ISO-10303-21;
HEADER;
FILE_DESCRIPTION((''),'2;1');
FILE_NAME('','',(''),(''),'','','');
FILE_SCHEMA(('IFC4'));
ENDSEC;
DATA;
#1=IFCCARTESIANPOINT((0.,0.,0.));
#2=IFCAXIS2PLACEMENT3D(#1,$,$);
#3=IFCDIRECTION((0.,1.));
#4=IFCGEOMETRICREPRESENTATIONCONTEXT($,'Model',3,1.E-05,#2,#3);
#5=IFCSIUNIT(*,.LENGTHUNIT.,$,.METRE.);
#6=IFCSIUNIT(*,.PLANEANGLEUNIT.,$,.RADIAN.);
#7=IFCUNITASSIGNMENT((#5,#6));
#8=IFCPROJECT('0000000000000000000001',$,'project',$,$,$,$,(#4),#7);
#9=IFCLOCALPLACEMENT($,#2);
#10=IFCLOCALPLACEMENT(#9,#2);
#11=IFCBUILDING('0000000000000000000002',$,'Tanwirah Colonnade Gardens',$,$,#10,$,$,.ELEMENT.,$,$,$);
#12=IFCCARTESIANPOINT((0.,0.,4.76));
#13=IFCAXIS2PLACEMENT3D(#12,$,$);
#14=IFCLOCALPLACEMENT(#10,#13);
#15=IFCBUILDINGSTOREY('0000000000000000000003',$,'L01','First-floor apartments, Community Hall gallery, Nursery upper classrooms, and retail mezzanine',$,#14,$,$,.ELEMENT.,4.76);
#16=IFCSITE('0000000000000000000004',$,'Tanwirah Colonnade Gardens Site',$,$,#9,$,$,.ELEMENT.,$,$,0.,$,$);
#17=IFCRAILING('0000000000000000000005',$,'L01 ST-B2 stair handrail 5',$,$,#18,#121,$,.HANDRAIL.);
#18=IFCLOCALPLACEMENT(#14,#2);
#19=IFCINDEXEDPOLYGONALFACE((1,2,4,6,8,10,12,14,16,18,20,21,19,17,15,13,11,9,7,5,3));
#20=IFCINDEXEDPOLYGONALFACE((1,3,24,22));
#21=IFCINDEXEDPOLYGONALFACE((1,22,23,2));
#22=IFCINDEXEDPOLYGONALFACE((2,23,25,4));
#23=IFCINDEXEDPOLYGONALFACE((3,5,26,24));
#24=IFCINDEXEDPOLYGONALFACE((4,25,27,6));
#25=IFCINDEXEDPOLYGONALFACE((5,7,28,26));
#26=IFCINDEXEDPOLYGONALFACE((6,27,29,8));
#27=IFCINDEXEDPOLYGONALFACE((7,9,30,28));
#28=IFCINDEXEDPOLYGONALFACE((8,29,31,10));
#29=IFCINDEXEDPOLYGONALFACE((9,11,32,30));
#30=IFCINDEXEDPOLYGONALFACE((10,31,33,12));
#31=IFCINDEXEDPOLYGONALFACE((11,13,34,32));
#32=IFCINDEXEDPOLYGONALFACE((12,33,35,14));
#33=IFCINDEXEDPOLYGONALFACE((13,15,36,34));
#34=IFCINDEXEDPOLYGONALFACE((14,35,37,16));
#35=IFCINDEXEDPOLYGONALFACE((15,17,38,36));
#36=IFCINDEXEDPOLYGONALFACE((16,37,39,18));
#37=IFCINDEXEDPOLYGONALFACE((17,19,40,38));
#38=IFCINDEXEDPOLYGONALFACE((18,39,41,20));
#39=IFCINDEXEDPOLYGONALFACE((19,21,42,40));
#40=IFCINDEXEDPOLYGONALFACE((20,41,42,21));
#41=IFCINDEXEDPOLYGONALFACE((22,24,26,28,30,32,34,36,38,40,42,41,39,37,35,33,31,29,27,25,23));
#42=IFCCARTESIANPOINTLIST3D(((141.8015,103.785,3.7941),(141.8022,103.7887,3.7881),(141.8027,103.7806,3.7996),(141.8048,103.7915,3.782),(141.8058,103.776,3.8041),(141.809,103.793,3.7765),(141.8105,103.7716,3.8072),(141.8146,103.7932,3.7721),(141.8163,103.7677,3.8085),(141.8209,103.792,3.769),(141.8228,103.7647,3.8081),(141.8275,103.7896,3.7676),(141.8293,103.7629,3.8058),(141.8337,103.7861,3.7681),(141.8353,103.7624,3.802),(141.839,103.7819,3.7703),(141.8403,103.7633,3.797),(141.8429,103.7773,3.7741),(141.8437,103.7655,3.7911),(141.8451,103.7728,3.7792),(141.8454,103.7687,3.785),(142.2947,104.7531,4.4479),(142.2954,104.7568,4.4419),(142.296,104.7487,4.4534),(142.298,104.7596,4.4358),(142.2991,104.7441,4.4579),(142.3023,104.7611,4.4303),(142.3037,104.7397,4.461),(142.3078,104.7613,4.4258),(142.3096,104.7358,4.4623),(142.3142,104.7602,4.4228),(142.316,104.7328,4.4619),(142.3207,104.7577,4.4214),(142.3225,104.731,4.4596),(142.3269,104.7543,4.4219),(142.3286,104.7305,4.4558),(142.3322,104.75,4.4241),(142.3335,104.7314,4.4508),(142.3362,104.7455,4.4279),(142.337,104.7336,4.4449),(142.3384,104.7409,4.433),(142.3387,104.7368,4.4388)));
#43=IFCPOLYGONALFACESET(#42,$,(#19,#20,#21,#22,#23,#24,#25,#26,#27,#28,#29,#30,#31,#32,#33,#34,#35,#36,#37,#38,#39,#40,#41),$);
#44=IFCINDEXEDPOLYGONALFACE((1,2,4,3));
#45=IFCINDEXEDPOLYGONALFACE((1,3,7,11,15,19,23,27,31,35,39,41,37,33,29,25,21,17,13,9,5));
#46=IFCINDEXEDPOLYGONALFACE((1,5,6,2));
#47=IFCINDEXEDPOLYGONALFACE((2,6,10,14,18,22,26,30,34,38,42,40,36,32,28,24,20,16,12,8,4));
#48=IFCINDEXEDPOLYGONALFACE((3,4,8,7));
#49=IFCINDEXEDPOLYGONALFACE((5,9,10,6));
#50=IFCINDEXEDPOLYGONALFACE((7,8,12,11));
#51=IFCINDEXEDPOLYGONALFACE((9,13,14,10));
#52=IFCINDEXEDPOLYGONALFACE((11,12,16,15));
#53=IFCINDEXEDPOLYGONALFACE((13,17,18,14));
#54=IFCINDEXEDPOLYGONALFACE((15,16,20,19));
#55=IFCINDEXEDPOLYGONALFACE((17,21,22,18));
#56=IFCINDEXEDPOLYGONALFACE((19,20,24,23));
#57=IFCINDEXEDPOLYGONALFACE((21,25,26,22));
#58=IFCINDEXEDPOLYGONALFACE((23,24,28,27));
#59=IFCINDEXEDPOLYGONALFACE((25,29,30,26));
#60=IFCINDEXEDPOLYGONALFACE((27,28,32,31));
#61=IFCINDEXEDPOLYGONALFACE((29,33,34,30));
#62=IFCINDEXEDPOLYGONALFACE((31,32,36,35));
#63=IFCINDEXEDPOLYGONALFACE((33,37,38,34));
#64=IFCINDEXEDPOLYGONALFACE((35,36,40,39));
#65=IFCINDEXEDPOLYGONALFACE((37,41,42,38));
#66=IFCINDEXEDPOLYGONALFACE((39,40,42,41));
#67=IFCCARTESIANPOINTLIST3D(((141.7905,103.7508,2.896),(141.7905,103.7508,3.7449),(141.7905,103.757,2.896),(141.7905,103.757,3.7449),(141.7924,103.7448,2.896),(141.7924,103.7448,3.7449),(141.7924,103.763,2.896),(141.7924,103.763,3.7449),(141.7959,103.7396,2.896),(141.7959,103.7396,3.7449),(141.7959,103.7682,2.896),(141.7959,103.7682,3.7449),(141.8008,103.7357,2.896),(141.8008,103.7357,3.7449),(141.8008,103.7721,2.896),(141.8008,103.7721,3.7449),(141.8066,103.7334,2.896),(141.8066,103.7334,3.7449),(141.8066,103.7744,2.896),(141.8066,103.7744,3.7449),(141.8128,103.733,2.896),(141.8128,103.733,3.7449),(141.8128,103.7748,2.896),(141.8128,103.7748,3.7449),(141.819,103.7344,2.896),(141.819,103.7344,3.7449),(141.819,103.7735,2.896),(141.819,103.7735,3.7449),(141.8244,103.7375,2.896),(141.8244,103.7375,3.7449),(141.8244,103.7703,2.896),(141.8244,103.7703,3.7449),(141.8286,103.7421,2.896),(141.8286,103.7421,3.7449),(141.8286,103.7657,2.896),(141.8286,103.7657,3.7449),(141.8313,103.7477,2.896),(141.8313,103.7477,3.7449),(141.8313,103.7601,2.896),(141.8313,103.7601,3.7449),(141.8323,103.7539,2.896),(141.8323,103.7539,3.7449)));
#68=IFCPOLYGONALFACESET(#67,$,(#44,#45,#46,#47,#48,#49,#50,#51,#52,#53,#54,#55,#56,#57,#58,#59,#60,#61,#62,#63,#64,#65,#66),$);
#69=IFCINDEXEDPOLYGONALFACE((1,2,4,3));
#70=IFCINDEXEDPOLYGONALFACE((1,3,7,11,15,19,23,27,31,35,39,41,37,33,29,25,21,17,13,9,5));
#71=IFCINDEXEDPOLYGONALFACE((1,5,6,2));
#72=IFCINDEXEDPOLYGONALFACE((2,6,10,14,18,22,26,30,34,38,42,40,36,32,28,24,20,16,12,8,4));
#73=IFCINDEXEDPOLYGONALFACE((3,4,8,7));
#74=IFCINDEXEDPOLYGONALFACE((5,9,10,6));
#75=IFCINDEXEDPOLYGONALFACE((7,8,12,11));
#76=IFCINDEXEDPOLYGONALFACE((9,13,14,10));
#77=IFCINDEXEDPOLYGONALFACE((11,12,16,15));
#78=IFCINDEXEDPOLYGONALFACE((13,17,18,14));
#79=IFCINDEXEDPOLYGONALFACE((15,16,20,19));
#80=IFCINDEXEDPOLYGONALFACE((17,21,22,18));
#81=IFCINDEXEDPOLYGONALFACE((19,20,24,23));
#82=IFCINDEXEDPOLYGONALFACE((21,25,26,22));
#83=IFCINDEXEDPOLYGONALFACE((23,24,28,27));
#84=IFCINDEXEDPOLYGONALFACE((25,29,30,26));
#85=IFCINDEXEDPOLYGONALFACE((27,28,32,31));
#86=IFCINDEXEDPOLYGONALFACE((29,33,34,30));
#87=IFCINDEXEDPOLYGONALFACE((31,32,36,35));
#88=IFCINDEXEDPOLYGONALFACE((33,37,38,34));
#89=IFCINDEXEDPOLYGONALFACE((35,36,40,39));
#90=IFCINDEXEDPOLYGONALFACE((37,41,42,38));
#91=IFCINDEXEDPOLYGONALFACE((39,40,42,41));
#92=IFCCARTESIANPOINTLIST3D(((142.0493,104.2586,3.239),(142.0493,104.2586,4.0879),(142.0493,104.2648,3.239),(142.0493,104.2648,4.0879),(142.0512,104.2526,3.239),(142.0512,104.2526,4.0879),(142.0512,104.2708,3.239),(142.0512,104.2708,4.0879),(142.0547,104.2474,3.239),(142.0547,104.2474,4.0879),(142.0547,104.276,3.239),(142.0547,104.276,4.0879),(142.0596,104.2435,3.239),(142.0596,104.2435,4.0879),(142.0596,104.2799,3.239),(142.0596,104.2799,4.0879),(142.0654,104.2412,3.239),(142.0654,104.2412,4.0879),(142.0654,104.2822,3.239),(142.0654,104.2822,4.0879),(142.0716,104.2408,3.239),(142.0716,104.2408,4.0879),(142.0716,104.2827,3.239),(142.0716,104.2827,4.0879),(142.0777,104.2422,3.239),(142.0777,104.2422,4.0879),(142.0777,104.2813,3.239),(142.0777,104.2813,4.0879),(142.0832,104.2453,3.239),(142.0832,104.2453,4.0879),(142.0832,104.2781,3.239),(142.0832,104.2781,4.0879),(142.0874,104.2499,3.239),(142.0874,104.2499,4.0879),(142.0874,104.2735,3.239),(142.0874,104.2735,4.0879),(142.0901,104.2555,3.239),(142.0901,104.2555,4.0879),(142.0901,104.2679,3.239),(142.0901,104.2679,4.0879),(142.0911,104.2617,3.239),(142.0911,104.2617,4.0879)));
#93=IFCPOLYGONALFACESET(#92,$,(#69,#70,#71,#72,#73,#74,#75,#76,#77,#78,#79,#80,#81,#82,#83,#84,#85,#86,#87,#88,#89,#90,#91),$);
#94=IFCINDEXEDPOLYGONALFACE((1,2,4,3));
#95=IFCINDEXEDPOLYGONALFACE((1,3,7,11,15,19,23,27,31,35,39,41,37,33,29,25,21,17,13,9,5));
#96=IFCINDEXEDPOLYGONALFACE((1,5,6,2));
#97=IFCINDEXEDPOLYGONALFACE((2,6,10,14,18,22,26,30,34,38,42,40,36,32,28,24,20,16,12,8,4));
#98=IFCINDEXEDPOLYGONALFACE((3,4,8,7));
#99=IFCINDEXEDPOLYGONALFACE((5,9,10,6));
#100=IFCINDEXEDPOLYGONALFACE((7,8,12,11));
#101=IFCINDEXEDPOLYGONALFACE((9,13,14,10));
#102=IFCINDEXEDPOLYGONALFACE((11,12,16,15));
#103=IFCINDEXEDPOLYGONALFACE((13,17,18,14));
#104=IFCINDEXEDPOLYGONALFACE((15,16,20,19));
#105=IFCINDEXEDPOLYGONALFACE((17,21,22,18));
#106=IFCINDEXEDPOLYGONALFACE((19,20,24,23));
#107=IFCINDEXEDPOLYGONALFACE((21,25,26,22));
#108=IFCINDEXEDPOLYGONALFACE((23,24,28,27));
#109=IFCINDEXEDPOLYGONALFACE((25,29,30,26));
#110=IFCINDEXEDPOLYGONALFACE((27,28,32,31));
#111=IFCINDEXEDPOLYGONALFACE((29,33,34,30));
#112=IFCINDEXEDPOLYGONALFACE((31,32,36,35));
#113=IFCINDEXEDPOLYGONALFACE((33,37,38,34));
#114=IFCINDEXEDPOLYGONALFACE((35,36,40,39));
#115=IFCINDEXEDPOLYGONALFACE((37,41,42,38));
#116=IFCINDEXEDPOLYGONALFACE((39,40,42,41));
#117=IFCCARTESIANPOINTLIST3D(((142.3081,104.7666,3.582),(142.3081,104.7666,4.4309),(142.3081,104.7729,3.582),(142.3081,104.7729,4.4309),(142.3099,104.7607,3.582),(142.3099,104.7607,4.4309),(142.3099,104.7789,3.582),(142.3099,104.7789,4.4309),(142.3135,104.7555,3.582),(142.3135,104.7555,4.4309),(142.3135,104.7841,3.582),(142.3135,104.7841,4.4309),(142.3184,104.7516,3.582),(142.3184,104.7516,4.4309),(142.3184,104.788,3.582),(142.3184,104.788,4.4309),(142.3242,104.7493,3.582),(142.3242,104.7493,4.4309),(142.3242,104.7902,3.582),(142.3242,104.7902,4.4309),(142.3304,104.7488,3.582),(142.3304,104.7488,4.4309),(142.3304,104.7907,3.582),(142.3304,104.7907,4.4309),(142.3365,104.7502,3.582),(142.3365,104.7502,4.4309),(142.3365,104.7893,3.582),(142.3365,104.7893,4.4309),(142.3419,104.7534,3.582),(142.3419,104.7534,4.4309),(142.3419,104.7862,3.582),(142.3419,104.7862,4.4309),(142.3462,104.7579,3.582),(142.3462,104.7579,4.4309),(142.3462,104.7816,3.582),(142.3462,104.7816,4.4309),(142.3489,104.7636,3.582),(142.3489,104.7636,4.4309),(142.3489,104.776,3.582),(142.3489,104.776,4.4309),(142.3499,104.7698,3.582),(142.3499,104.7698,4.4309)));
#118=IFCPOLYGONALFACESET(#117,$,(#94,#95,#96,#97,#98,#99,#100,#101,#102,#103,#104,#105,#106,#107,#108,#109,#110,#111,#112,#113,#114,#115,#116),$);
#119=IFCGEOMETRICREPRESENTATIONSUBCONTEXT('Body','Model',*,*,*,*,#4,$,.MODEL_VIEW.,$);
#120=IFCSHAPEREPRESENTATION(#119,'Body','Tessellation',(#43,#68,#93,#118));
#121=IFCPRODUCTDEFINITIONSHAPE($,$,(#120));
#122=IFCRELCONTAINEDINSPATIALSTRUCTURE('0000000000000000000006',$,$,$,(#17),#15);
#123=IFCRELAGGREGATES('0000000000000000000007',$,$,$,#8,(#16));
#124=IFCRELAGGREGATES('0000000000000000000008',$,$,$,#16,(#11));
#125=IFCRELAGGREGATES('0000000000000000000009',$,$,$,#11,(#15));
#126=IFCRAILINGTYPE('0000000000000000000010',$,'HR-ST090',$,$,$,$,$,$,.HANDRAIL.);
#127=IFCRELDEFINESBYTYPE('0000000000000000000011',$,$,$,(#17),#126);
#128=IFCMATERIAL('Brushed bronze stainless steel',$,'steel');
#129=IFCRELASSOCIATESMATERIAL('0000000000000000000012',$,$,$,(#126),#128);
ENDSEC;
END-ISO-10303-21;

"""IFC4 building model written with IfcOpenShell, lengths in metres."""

from ifc_helpers import new_model, si_unit, direction, frame, origin, origin_2d, place, context, subcontext, project, spatial, circle, extrude, material, type_object, element, save


model = new_model("IFC4")

# Units and contexts
model_context = context("Model", 3, precision=1e-05, world=origin(), true_north=direction((0.0, 1.0)))
body_context = subcontext(model_context, "Body", "Model", "MODEL_VIEW")
ifc_project = project(units=[si_unit("LENGTHUNIT", "METRE"), si_unit("PLANEANGLEUNIT", "RADIAN")], contexts=[model_context])

# Site, building, storey
site_placement = place(None, origin())
site = spatial("IfcSite", under=ifc_project, at=site_placement, Name="Tanwirah Colonnade Gardens Site", CompositionType="ELEMENT", RefElevation=0.0)
building_placement = place(site_placement, origin())
building = spatial("IfcBuilding", under=site, at=building_placement, Name="Tanwirah Colonnade Gardens", CompositionType="ELEMENT")
storey_placement = place(building_placement, frame((0.0, 0.0, 4.76)))
storey = spatial("IfcBuildingStorey", under=building, at=storey_placement, Name="L01", Description="First-floor apartments, Community Hall gallery, Nursery upper classrooms, and retail mezzanine", CompositionType="ELEMENT", Elevation=4.76)

# Railing
ifc_material_1 = material(Name="Brushed bronze stainless steel", Category="steel")
railing_type_1 = type_object("IfcRailingType", Name="HR-ST090", PredefinedType="HANDRAIL", material=ifc_material_1)
railing_1_placement = place(storey_placement, frame((141.8113, 103.7539, 2.896)))
element("IfcRailing", 1, at=railing_1_placement, inside=storey, type_object=railing_type_1, Name="L01 ST-B2 stair handrail 5", PredefinedType="HANDRAIL", context=body_context, shape_type="SweptSolid", body=[
    extrude(circle(Radius=0.0239, at=origin_2d()), frame((0.0122, 0.0239, 0.8921), z_axis=(0.388978, 0.763462, 0.51558), x_axis=(-0.891018, 0.453967, 0.0)), (0.0, 0.0, 1.0), 1.2681),
    extrude(circle(Radius=0.021, at=origin_2d()), origin(), (0.0, 0.0, 1.0), 0.8489),
    extrude(circle(Radius=0.021, at=origin_2d()), frame((0.2588, 0.5078, 0.343)), (0.0, 0.0, 1.0), 0.8489),
    extrude(circle(Radius=0.021, at=origin_2d()), frame((0.5176, 1.0159, 0.686)), (0.0, 0.0, 1.0), 0.8489),
])

save(model, "model.ifc")
